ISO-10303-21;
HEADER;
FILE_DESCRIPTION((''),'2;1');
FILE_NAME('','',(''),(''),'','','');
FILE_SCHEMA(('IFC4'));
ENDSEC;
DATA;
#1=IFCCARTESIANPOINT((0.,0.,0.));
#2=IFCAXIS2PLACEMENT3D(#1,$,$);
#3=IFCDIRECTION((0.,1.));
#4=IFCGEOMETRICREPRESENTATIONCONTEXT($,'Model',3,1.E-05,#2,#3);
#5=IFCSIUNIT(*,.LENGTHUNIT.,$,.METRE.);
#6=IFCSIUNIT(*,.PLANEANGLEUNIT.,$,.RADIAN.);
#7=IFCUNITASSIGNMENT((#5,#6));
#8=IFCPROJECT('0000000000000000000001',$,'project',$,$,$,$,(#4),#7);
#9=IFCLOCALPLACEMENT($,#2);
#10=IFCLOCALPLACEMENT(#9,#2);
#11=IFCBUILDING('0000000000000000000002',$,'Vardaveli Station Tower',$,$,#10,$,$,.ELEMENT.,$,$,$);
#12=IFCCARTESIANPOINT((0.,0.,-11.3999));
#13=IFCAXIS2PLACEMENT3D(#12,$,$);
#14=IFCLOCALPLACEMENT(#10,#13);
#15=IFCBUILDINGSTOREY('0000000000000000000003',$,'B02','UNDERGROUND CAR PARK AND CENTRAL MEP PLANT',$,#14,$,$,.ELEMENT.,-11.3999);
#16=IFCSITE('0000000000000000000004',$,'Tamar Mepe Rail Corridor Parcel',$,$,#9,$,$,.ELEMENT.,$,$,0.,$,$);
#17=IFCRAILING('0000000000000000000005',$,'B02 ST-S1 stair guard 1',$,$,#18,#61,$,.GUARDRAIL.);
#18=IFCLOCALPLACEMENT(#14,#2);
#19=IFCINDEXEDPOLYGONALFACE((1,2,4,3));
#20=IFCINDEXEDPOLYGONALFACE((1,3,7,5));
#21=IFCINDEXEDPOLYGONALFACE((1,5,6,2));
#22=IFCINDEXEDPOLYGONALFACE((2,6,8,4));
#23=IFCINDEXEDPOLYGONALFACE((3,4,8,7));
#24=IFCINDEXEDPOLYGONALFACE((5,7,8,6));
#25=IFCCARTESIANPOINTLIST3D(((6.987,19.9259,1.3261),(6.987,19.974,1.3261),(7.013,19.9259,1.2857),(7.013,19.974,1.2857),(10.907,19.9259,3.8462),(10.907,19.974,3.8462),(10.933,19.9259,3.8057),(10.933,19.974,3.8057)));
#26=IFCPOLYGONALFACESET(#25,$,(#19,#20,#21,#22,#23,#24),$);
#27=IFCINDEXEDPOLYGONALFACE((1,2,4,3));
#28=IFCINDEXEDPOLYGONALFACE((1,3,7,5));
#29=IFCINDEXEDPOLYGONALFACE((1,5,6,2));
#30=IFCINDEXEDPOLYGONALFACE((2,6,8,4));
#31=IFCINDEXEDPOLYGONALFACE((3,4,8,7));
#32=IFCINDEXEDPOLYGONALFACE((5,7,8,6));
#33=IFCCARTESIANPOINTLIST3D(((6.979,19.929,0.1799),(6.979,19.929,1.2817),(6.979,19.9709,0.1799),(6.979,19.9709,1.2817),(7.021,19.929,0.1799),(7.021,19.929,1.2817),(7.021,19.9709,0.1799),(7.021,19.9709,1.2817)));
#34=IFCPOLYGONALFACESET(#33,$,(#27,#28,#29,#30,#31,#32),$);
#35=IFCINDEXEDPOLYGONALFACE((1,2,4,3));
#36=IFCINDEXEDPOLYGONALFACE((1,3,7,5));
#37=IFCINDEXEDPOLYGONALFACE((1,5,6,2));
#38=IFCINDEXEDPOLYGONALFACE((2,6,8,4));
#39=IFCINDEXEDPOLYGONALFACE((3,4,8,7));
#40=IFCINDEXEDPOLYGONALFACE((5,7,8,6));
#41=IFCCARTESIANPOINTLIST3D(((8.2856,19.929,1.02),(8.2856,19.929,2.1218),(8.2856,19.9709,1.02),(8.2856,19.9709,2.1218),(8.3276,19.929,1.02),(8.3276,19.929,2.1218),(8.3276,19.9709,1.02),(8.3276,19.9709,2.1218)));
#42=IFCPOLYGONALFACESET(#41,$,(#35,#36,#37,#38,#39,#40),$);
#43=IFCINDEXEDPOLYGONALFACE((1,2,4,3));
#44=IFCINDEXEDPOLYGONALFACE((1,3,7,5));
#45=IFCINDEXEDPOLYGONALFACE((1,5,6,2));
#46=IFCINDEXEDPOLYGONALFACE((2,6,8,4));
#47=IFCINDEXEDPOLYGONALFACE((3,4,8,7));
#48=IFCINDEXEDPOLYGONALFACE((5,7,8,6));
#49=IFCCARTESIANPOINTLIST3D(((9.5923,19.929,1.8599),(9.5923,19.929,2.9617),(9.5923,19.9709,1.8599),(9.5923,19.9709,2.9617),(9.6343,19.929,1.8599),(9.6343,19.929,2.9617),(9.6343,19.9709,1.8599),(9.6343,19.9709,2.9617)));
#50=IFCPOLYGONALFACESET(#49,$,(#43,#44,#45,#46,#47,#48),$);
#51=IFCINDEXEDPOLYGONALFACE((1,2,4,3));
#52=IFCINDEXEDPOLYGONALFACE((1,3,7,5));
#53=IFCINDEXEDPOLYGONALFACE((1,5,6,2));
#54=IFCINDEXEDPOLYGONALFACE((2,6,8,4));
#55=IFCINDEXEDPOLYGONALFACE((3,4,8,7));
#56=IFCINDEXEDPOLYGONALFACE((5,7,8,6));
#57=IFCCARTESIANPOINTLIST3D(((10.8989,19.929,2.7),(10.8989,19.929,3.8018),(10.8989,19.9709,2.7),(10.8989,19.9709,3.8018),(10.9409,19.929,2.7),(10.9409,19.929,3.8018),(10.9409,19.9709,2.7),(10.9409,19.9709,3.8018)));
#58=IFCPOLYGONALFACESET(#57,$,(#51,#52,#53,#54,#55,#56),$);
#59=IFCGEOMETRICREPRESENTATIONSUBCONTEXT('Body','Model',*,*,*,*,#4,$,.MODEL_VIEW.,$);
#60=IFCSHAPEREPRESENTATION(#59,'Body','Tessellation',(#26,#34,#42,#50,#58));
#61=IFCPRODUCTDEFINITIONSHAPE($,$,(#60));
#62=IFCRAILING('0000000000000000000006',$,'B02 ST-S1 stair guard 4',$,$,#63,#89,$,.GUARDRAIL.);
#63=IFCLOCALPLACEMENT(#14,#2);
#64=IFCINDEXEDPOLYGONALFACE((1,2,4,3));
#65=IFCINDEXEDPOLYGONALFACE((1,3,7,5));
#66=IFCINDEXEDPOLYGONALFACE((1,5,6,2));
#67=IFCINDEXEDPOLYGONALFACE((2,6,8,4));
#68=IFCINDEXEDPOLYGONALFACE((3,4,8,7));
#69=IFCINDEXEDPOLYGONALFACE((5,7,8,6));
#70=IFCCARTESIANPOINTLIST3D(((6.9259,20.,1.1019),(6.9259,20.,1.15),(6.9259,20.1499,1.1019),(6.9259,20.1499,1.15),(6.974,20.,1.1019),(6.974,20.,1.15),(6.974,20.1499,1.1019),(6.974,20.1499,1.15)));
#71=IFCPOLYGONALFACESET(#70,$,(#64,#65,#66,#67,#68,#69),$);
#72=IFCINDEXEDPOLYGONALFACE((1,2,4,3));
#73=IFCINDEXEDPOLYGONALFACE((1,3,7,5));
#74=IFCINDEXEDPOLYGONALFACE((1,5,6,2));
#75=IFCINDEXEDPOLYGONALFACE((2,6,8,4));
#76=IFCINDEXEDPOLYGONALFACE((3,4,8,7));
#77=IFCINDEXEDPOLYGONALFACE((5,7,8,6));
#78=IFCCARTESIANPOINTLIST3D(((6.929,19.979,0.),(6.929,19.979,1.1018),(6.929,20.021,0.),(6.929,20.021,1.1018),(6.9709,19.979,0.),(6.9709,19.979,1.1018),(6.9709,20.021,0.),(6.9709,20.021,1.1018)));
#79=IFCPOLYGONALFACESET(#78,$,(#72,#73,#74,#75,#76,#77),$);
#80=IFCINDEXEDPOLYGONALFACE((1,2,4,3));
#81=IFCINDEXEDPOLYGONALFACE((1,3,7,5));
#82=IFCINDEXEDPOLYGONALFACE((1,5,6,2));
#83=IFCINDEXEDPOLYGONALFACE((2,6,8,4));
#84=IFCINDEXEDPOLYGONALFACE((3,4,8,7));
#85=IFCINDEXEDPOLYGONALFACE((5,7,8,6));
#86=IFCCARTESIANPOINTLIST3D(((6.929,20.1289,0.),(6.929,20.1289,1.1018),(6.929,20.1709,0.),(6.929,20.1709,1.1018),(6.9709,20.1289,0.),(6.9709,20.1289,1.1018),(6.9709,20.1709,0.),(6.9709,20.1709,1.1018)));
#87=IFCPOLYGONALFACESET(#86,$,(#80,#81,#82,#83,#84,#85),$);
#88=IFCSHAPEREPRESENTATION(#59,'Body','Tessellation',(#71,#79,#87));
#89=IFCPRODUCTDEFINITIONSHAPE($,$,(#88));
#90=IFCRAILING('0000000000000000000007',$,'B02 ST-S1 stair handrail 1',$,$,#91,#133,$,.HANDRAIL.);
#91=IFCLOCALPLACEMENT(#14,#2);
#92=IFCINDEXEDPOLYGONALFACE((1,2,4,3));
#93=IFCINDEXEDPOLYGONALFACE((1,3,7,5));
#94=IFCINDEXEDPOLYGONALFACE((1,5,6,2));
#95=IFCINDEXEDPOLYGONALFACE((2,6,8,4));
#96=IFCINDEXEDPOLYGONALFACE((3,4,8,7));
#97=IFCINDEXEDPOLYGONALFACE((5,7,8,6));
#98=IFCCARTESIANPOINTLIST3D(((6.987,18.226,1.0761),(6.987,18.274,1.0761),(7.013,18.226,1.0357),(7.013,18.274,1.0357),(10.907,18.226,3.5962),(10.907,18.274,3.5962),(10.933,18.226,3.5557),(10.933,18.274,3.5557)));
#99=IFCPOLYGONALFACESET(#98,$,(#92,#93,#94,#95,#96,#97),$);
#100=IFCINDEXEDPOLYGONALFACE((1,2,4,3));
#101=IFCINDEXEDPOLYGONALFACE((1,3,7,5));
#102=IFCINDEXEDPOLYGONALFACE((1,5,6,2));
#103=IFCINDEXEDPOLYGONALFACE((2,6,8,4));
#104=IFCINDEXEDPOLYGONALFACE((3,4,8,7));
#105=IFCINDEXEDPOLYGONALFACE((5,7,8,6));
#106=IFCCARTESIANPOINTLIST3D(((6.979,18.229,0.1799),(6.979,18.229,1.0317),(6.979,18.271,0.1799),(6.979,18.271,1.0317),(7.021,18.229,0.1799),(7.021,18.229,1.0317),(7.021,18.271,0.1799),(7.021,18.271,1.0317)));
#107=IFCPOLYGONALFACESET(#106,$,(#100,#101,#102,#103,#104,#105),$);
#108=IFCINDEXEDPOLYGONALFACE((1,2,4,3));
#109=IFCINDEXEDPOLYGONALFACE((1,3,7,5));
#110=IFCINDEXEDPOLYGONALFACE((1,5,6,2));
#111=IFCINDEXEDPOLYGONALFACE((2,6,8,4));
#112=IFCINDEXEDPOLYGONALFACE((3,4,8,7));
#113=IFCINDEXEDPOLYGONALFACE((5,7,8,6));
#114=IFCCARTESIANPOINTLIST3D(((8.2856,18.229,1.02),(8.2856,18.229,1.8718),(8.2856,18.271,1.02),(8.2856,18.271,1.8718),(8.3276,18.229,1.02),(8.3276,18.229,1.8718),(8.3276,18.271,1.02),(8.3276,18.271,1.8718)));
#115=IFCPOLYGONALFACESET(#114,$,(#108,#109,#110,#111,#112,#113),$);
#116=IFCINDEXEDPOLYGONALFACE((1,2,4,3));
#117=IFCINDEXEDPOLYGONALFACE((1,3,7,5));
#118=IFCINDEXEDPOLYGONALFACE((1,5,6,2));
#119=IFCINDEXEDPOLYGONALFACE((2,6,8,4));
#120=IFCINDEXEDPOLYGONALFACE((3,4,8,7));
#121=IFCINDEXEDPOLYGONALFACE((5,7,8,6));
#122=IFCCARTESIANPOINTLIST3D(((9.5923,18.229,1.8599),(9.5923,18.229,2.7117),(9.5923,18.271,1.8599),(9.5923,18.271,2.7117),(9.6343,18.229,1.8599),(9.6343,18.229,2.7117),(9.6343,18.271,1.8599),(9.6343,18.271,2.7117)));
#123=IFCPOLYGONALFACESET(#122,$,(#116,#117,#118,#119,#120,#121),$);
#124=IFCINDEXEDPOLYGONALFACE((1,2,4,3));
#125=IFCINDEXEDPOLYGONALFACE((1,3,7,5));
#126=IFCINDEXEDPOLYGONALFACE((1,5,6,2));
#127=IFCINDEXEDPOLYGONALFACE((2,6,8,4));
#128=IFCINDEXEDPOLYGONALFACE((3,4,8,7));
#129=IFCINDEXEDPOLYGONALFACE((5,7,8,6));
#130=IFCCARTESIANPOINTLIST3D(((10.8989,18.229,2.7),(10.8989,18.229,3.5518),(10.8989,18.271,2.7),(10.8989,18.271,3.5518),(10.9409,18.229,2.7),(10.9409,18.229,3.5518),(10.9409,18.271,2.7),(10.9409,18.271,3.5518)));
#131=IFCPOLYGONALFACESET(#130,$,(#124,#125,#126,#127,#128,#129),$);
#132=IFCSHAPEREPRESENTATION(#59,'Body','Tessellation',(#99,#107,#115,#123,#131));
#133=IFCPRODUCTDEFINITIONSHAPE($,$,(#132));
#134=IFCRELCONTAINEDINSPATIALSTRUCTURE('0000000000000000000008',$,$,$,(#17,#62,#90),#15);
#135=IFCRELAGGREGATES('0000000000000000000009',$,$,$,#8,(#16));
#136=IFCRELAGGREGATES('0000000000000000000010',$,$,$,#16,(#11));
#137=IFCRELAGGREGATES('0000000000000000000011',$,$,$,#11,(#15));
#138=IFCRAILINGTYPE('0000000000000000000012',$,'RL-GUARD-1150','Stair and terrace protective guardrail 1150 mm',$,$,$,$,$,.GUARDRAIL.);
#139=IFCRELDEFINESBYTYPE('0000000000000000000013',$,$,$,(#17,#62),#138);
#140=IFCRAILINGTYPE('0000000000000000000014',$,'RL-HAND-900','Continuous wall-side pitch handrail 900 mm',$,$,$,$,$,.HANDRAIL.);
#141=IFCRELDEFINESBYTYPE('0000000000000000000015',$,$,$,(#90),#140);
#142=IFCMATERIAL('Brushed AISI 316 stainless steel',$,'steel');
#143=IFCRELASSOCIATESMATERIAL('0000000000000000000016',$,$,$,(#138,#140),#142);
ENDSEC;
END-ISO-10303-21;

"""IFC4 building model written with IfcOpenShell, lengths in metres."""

from ifc_helpers import new_model, si_unit, direction, frame, origin, origin_2d, place, context, subcontext, project, spatial, rectangle, extrude, source, transform, mapped, material, type_object, element, save


model = new_model("IFC4")

# Units and contexts
model_context = context("Model", 3, precision=1e-05, world=origin(), true_north=direction((0.0, 1.0)))
body_context = subcontext(model_context, "Body", "Model", "MODEL_VIEW")
ifc_project = project(units=[si_unit("LENGTHUNIT", "METRE"), si_unit("PLANEANGLEUNIT", "RADIAN")], contexts=[model_context])

# Site, building, storey
site_placement = place(None, origin())
site = spatial("IfcSite", under=ifc_project, at=site_placement, Name="Tamar Mepe Rail Corridor Parcel", CompositionType="ELEMENT", RefElevation=0.0)
building_placement = place(site_placement, origin())
building = spatial("IfcBuilding", under=site, at=building_placement, Name="Vardaveli Station Tower", CompositionType="ELEMENT")
storey_placement = place(building_placement, frame((0.0, 0.0, -11.3999)))
storey = spatial("IfcBuildingStorey", under=building, at=storey_placement, Name="B02", Description="UNDERGROUND CAR PARK AND CENTRAL MEP PLANT", CompositionType="ELEMENT", Elevation=-11.3999)

# Railings
ifc_material_1 = material(Name="Brushed AISI 316 stainless steel", Category="steel")
railing_type_1 = type_object("IfcRailingType", Name="RL-GUARD-1150", Description="Stair and terrace protective guardrail 1150 mm", PredefinedType="GUARDRAIL", material=ifc_material_1)
shared_shape_1 = source(origin(), body_context, "Body", "SweptSolid", [
    extrude(rectangle(XDim=0.0481, YDim=0.0481, at=origin_2d()), frame((0.0, 0.0, 1.126), z_axis=(0.841172, 0.0, 0.540768), x_axis=(0.0, 1.0, 0.0)), (0.0, 0.0, 1.0), 4.6602),
    extrude(rectangle(XDim=0.042, YDim=0.042, at=origin_2d()), origin(), (0.0, 0.0, 1.0), 1.1018),
    extrude(rectangle(XDim=0.042, YDim=0.042, at=origin_2d()), frame((1.3066, 0.0, 0.8401)), (0.0, 0.0, 1.0), 1.1018),
    extrude(rectangle(XDim=0.042, YDim=0.042, at=origin_2d()), frame((2.6133, 0.0, 1.6799)), (0.0, 0.0, 1.0), 1.1018),
    extrude(rectangle(XDim=0.042, YDim=0.042, at=origin_2d()), frame((3.9199, 0.0, 2.52)), (0.0, 0.0, 1.0), 1.1018),
])
railing_1_placement = place(storey_placement, frame((7.0, 19.95, 0.1799)))
element("IfcRailing", 1, at=railing_1_placement, inside=storey, type_object=railing_type_1, Name="B02 ST-S1 stair guard 1", PredefinedType="GUARDRAIL", context=body_context, shape_type="MappedRepresentation", body=[
    mapped(shared_shape_1, transform((0.0, 0.0, 0.0), scale=1.0)),
])
shared_shape_2 = source(origin(), body_context, "Body", "SweptSolid", [
    extrude(rectangle(XDim=0.0481, YDim=0.0481, at=origin_2d()), frame((0.0, 0.0, 1.126), z_axis=(0.0, 1.0, 0.0), x_axis=(-1.0, 0.0, 0.0)), (0.0, 0.0, 1.0), 0.1499),
    extrude(rectangle(XDim=0.042, YDim=0.042, at=origin_2d()), origin(), (0.0, 0.0, 1.0), 1.1018),
    extrude(rectangle(XDim=0.042, YDim=0.042, at=origin_2d()), frame((0.0, 0.1499, 0.0)), (0.0, 0.0, 1.0), 1.1018),
])
railing_2_placement = place(storey_placement, frame((6.95, 20.0, 0.0)))
element("IfcRailing", 2, at=railing_2_placement, inside=storey, type_object=railing_type_1, Name="B02 ST-S1 stair guard 4", PredefinedType="GUARDRAIL", context=body_context, shape_type="MappedRepresentation", body=[
    mapped(shared_shape_2, transform((0.0, 0.0, 0.0), scale=1.0)),
])
railing_type_2 = type_object("IfcRailingType", Name="RL-HAND-900", Description="Continuous wall-side pitch handrail 900 mm", PredefinedType="HANDRAIL", material=ifc_material_1)
shared_shape_3 = source(origin(), body_context, "Body", "SweptSolid", [
    extrude(rectangle(XDim=0.0481, YDim=0.0481, at=origin_2d()), frame((0.0, 0.0, 0.876), z_axis=(0.841172, 0.0, 0.540768), x_axis=(0.0, 1.0, 0.0)), (0.0, 0.0, 1.0), 4.6602),
    extrude(rectangle(XDim=0.042, YDim=0.042, at=origin_2d()), origin(), (0.0, 0.0, 1.0), 0.8518),
    extrude(rectangle(XDim=0.042, YDim=0.042, at=origin_2d()), frame((1.3066, 0.0, 0.8401)), (0.0, 0.0, 1.0), 0.8518),
    extrude(rectangle(XDim=0.042, YDim=0.042, at=origin_2d()), frame((2.6133, 0.0, 1.6799)), (0.0, 0.0, 1.0), 0.8518),
    extrude(rectangle(XDim=0.042, YDim=0.042, at=origin_2d()), frame((3.9199, 0.0, 2.52)), (0.0, 0.0, 1.0), 0.8518),
])
railing_3_placement = place(storey_placement, frame((7.0, 18.25, 0.1799)))
element("IfcRailing", 3, at=railing_3_placement, inside=storey, type_object=railing_type_2, Name="B02 ST-S1 stair handrail 1", PredefinedType="HANDRAIL", context=body_context, shape_type="MappedRepresentation", body=[
    mapped(shared_shape_3, transform((0.0, 0.0, 0.0), scale=1.0)),
])

save(model, "model.ifc")
